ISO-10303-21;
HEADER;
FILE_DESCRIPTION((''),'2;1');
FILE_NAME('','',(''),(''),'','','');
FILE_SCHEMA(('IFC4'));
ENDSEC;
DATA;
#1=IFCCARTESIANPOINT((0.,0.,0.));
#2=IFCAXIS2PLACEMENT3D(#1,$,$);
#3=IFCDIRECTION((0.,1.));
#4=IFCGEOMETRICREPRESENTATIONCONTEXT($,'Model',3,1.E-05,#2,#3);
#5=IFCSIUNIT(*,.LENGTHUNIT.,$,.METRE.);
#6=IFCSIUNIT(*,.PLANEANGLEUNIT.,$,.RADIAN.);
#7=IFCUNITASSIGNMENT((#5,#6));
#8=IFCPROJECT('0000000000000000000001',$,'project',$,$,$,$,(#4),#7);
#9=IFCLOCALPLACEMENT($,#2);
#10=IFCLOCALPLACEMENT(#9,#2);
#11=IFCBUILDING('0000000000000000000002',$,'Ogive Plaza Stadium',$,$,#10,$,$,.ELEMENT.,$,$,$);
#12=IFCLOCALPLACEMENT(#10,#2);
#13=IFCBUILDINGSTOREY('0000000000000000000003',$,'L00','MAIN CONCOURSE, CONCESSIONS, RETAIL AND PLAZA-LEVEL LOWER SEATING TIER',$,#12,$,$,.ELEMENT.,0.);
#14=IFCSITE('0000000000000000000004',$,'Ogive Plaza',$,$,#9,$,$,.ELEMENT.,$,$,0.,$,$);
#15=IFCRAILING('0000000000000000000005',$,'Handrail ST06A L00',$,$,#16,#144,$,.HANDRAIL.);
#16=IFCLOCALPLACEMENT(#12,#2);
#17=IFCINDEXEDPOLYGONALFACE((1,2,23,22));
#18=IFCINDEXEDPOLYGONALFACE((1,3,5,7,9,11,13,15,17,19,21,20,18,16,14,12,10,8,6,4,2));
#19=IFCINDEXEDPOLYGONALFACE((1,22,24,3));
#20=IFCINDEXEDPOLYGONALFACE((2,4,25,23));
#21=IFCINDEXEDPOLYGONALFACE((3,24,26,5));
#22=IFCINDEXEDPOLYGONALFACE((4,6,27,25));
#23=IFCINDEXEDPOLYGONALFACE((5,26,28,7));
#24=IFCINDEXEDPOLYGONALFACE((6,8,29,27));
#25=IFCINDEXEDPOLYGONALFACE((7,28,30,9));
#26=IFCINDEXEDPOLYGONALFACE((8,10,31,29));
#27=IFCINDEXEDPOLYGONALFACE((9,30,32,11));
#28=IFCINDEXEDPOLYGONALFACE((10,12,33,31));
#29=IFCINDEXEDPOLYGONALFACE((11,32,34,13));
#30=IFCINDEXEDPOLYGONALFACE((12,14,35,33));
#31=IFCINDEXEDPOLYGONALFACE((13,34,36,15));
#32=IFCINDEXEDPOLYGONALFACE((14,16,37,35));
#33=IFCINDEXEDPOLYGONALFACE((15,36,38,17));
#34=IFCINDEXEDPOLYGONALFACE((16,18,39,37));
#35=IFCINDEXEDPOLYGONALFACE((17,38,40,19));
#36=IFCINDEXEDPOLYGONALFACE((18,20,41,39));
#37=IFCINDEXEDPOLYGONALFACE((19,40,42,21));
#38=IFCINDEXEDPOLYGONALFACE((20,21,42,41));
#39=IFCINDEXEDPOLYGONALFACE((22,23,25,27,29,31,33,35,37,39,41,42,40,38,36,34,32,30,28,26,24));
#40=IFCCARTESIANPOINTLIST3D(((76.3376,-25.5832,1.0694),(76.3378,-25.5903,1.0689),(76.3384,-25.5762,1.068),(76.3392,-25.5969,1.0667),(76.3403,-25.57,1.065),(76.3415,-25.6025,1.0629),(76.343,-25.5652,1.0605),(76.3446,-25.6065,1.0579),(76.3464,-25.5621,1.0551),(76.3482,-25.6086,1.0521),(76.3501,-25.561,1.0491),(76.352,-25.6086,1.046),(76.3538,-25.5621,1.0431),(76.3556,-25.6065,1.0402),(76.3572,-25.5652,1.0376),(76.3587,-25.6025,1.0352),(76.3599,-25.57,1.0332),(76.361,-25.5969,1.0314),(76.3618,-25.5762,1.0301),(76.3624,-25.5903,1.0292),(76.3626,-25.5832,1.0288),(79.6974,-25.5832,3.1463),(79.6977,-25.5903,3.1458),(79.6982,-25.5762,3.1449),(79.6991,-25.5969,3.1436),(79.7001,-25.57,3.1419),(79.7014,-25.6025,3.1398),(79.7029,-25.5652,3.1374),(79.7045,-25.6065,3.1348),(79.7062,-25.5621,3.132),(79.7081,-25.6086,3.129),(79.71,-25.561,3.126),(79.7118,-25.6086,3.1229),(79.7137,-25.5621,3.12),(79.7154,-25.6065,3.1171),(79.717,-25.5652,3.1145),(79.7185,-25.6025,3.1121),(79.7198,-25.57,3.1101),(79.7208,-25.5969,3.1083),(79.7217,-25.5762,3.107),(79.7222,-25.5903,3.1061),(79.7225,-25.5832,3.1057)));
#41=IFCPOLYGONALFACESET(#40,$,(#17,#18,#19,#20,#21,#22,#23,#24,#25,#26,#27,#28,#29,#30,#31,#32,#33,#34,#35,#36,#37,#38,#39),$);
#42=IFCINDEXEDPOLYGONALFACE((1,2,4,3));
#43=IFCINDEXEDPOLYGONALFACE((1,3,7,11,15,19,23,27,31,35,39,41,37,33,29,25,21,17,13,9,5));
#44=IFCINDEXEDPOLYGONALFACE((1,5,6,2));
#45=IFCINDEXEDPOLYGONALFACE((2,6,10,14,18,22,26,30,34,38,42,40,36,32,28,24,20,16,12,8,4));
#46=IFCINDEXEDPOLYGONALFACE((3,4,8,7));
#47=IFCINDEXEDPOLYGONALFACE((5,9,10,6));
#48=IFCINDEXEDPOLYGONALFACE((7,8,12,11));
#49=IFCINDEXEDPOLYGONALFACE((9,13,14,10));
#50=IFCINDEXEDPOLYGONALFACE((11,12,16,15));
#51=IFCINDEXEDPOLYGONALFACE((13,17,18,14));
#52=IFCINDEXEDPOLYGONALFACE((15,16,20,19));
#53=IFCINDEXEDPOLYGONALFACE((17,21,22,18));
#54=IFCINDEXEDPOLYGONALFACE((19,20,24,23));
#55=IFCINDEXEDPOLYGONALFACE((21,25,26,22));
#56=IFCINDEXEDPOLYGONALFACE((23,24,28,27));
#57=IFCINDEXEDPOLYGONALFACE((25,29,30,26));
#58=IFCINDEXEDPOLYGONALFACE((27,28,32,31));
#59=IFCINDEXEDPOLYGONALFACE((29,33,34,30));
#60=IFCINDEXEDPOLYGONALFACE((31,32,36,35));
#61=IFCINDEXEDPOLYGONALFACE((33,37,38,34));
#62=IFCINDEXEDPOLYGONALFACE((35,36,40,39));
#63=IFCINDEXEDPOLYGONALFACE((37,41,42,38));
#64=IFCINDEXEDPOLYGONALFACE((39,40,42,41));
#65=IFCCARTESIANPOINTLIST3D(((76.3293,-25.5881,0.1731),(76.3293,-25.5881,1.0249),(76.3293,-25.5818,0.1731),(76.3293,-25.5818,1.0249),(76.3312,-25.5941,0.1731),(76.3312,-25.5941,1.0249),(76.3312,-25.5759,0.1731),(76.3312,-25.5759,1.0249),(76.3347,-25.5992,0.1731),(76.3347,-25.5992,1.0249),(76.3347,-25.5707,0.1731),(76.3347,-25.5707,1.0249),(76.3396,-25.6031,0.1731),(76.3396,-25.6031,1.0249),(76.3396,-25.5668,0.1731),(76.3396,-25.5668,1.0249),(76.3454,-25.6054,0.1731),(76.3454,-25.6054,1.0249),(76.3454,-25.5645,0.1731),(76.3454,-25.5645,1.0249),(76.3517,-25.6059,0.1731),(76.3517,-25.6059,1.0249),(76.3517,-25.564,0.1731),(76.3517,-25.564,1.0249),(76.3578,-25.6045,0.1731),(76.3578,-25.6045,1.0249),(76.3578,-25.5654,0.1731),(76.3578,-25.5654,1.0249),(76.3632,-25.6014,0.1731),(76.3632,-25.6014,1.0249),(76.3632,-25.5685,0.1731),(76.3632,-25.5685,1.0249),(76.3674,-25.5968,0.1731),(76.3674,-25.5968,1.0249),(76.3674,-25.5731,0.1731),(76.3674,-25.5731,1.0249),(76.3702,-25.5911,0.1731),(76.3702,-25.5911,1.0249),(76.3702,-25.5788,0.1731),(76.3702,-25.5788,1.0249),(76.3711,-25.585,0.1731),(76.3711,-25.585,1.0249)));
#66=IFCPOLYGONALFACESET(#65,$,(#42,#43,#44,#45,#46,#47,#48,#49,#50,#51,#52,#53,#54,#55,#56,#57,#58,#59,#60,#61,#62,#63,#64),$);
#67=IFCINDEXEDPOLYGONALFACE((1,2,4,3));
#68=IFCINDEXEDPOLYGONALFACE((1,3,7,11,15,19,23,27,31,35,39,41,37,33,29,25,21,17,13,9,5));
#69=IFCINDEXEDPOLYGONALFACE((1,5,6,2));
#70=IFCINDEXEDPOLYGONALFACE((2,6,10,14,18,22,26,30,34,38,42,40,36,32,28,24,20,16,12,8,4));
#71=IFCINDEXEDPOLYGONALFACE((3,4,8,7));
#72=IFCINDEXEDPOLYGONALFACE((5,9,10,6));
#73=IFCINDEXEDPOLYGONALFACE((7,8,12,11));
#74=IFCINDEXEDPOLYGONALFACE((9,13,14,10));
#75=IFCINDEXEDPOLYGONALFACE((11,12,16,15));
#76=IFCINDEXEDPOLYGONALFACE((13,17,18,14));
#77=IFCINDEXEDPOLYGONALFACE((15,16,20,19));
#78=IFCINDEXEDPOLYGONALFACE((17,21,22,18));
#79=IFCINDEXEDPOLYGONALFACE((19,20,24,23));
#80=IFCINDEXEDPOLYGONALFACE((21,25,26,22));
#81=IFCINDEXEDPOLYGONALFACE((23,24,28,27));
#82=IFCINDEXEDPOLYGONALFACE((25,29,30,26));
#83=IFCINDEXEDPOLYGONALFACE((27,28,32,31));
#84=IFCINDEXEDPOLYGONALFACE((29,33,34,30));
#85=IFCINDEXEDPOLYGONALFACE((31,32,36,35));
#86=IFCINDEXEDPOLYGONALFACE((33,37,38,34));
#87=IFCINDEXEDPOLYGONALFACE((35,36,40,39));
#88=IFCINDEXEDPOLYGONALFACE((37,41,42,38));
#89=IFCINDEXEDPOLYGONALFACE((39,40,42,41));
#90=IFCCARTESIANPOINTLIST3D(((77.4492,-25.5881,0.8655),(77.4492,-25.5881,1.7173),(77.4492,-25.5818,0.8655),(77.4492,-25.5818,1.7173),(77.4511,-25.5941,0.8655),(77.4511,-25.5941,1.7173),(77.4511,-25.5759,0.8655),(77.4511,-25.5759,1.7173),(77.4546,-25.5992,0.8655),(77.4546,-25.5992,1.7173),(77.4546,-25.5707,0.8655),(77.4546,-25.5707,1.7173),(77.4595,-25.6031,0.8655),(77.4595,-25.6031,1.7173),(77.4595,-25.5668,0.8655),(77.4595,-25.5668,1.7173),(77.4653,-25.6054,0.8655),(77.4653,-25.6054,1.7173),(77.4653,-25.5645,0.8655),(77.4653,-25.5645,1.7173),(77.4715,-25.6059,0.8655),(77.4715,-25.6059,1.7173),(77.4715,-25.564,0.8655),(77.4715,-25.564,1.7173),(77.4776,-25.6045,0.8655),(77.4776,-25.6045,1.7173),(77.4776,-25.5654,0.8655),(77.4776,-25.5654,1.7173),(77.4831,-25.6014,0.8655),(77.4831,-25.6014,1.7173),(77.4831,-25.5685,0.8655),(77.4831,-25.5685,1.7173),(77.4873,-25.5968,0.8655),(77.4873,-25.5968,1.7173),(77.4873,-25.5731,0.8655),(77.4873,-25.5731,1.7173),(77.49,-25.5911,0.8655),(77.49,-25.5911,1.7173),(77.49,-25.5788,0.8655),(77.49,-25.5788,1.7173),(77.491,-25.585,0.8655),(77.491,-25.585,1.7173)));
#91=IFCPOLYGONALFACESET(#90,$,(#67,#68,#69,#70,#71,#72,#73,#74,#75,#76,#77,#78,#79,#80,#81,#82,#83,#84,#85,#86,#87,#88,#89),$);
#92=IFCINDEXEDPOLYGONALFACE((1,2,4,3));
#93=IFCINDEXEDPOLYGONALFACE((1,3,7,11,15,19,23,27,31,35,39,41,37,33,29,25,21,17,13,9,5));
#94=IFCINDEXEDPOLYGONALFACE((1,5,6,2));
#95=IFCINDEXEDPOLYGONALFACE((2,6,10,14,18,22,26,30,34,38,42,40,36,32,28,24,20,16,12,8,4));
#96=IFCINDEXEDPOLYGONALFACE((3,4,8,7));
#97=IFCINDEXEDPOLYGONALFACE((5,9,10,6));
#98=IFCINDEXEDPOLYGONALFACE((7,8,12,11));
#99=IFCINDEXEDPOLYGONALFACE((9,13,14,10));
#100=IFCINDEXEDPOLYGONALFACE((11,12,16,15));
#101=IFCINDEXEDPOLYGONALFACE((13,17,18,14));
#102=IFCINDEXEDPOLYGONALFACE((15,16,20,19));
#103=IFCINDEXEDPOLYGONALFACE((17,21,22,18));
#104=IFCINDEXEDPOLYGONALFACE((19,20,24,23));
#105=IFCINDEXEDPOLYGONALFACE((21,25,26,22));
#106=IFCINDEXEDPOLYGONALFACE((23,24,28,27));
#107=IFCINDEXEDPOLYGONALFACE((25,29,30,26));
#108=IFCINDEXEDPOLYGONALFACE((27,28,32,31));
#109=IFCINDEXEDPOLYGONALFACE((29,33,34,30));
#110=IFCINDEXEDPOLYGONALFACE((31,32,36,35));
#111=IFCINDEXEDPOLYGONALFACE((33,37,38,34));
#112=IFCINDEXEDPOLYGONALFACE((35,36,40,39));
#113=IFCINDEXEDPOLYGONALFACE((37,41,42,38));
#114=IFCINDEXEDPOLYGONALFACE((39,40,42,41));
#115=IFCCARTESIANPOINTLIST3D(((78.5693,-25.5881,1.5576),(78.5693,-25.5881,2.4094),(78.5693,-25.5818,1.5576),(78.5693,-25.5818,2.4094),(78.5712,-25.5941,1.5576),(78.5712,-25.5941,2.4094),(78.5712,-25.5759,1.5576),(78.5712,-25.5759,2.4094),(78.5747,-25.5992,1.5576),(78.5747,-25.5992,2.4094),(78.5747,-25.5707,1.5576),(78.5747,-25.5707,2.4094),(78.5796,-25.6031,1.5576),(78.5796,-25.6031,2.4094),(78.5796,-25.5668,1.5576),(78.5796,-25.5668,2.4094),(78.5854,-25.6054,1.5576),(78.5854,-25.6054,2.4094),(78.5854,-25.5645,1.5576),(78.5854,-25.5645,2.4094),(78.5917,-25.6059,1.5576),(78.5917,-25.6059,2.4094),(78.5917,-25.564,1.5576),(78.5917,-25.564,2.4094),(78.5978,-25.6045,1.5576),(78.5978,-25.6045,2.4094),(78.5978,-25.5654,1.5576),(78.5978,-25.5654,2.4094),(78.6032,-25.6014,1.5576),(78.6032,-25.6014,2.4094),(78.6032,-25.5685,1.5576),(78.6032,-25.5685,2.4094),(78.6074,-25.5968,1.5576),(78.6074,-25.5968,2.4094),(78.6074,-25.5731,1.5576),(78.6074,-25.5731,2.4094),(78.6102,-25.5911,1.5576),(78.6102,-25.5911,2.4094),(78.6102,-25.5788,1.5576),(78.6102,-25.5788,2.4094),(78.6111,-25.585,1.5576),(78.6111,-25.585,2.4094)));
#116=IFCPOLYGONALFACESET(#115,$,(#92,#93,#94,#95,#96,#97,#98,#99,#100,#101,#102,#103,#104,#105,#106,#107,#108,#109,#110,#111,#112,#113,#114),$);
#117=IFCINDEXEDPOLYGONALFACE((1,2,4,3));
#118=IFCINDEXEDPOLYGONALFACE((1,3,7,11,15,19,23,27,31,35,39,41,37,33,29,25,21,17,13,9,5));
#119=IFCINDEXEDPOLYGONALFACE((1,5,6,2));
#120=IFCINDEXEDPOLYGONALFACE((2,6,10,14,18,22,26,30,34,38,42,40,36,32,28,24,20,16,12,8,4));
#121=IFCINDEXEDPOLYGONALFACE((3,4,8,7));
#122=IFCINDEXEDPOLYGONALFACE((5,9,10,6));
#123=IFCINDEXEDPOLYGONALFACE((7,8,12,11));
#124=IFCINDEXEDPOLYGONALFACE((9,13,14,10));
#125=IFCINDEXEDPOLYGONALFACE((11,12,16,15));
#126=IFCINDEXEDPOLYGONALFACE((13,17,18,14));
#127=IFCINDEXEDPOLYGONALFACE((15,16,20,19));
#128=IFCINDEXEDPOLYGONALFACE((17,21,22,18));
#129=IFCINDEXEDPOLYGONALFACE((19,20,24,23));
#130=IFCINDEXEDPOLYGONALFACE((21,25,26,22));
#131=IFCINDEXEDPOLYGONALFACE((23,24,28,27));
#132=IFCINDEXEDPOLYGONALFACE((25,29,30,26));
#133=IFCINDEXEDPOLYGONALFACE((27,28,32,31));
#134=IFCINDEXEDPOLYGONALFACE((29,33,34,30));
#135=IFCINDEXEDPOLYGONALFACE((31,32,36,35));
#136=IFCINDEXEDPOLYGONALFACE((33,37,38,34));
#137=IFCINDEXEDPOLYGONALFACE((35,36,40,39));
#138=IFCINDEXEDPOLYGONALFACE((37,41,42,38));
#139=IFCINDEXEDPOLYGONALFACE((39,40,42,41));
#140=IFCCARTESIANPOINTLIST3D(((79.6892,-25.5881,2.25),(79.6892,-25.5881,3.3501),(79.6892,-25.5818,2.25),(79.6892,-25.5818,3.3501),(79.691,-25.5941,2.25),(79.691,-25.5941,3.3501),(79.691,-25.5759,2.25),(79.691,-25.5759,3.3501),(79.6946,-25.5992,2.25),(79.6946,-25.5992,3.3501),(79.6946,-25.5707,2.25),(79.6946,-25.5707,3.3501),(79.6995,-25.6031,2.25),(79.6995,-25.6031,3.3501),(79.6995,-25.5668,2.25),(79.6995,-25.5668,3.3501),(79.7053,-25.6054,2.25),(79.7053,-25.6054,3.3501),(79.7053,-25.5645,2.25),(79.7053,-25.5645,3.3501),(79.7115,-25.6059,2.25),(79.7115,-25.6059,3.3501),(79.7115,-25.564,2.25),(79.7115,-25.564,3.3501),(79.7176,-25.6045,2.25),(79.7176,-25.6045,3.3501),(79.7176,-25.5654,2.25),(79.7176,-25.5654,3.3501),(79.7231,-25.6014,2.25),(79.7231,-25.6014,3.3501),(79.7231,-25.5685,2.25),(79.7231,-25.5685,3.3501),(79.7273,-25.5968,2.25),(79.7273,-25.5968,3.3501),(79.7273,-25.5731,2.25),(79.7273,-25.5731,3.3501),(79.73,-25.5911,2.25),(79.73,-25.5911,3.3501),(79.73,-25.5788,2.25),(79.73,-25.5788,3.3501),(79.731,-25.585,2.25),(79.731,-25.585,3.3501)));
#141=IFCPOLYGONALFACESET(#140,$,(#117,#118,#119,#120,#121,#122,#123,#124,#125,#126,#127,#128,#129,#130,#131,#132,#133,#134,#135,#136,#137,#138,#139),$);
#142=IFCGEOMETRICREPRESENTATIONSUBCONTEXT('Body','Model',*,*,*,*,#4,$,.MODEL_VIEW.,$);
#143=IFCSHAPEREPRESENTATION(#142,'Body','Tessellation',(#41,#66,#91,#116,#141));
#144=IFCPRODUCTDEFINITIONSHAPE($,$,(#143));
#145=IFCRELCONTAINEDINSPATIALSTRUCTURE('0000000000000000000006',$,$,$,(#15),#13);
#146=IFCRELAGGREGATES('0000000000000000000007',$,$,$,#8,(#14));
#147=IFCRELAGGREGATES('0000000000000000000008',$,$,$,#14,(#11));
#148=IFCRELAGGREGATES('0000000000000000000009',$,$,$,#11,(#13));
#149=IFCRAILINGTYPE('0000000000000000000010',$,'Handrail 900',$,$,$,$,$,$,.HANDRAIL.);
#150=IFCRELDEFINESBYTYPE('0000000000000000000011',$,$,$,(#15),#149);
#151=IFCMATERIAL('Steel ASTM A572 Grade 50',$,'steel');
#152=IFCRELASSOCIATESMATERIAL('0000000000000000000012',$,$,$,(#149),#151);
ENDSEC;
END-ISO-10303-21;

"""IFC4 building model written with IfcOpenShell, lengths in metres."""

from ifc_helpers import new_model, si_unit, direction, frame, origin, origin_2d, place, context, subcontext, project, spatial, circle, extrude, material, type_object, element, save


model = new_model("IFC4")

# Units and contexts
model_context = context("Model", 3, precision=1e-05, world=origin(), true_north=direction((0.0, 1.0)))
body_context = subcontext(model_context, "Body", "Model", "MODEL_VIEW")
ifc_project = project(units=[si_unit("LENGTHUNIT", "METRE"), si_unit("PLANEANGLEUNIT", "RADIAN")], contexts=[model_context])

# Site, building, storey
site_placement = place(None, origin())
site = spatial("IfcSite", under=ifc_project, at=site_placement, Name="Ogive Plaza", CompositionType="ELEMENT", RefElevation=0.0)
building_placement = place(site_placement, origin())
building = spatial("IfcBuilding", under=site, at=building_placement, Name="Ogive Plaza Stadium", CompositionType="ELEMENT")
storey_placement = place(building_placement, origin())
storey = spatial("IfcBuildingStorey", under=building, at=storey_placement, Name="L00", Description="MAIN CONCOURSE, CONCESSIONS, RETAIL AND PLAZA-LEVEL LOWER SEATING TIER", CompositionType="ELEMENT", Elevation=0.0)

# Railing
ifc_material_1 = material(Name="Steel ASTM A572 Grade 50", Category="steel")
railing_type_1 = type_object("IfcRailingType", Name="Handrail 900", PredefinedType="HANDRAIL", material=ifc_material_1)
for number, where, name in (
    (1, (76.3501, -25.585, 0.1731), "Handrail ST06A L00"),
):
    element("IfcRailing", number, at=place(storey_placement, frame(where)), inside=storey, type_object=railing_type_1, Name=name, PredefinedType="HANDRAIL", context=body_context, shape_type="SweptSolid", body=[
        extrude(circle(Radius=0.0239, at=origin_2d()), frame((0.0, 0.0, 0.876), z_axis=(0.850606, 0.0, 0.525803), x_axis=(0.0, 1.0, 0.0)), (0.0, 0.0, 1.0), 3.95),
        extrude(circle(Radius=0.021, at=origin_2d()), origin(), (0.0, 0.0, 1.0), 0.8518),
        extrude(circle(Radius=0.021, at=origin_2d()), frame((1.1199, 0.0, 0.6924)), (0.0, 0.0, 1.0), 0.8518),
        extrude(circle(Radius=0.021, at=origin_2d()), frame((2.24, 0.0, 1.3845)), (0.0, 0.0, 1.0), 0.8518),
        extrude(circle(Radius=0.021, at=origin_2d()), frame((3.3599, 0.0, 2.0769)), (0.0, 0.0, 1.0), 1.1001),
    ])

save(model, "model.ifc")
